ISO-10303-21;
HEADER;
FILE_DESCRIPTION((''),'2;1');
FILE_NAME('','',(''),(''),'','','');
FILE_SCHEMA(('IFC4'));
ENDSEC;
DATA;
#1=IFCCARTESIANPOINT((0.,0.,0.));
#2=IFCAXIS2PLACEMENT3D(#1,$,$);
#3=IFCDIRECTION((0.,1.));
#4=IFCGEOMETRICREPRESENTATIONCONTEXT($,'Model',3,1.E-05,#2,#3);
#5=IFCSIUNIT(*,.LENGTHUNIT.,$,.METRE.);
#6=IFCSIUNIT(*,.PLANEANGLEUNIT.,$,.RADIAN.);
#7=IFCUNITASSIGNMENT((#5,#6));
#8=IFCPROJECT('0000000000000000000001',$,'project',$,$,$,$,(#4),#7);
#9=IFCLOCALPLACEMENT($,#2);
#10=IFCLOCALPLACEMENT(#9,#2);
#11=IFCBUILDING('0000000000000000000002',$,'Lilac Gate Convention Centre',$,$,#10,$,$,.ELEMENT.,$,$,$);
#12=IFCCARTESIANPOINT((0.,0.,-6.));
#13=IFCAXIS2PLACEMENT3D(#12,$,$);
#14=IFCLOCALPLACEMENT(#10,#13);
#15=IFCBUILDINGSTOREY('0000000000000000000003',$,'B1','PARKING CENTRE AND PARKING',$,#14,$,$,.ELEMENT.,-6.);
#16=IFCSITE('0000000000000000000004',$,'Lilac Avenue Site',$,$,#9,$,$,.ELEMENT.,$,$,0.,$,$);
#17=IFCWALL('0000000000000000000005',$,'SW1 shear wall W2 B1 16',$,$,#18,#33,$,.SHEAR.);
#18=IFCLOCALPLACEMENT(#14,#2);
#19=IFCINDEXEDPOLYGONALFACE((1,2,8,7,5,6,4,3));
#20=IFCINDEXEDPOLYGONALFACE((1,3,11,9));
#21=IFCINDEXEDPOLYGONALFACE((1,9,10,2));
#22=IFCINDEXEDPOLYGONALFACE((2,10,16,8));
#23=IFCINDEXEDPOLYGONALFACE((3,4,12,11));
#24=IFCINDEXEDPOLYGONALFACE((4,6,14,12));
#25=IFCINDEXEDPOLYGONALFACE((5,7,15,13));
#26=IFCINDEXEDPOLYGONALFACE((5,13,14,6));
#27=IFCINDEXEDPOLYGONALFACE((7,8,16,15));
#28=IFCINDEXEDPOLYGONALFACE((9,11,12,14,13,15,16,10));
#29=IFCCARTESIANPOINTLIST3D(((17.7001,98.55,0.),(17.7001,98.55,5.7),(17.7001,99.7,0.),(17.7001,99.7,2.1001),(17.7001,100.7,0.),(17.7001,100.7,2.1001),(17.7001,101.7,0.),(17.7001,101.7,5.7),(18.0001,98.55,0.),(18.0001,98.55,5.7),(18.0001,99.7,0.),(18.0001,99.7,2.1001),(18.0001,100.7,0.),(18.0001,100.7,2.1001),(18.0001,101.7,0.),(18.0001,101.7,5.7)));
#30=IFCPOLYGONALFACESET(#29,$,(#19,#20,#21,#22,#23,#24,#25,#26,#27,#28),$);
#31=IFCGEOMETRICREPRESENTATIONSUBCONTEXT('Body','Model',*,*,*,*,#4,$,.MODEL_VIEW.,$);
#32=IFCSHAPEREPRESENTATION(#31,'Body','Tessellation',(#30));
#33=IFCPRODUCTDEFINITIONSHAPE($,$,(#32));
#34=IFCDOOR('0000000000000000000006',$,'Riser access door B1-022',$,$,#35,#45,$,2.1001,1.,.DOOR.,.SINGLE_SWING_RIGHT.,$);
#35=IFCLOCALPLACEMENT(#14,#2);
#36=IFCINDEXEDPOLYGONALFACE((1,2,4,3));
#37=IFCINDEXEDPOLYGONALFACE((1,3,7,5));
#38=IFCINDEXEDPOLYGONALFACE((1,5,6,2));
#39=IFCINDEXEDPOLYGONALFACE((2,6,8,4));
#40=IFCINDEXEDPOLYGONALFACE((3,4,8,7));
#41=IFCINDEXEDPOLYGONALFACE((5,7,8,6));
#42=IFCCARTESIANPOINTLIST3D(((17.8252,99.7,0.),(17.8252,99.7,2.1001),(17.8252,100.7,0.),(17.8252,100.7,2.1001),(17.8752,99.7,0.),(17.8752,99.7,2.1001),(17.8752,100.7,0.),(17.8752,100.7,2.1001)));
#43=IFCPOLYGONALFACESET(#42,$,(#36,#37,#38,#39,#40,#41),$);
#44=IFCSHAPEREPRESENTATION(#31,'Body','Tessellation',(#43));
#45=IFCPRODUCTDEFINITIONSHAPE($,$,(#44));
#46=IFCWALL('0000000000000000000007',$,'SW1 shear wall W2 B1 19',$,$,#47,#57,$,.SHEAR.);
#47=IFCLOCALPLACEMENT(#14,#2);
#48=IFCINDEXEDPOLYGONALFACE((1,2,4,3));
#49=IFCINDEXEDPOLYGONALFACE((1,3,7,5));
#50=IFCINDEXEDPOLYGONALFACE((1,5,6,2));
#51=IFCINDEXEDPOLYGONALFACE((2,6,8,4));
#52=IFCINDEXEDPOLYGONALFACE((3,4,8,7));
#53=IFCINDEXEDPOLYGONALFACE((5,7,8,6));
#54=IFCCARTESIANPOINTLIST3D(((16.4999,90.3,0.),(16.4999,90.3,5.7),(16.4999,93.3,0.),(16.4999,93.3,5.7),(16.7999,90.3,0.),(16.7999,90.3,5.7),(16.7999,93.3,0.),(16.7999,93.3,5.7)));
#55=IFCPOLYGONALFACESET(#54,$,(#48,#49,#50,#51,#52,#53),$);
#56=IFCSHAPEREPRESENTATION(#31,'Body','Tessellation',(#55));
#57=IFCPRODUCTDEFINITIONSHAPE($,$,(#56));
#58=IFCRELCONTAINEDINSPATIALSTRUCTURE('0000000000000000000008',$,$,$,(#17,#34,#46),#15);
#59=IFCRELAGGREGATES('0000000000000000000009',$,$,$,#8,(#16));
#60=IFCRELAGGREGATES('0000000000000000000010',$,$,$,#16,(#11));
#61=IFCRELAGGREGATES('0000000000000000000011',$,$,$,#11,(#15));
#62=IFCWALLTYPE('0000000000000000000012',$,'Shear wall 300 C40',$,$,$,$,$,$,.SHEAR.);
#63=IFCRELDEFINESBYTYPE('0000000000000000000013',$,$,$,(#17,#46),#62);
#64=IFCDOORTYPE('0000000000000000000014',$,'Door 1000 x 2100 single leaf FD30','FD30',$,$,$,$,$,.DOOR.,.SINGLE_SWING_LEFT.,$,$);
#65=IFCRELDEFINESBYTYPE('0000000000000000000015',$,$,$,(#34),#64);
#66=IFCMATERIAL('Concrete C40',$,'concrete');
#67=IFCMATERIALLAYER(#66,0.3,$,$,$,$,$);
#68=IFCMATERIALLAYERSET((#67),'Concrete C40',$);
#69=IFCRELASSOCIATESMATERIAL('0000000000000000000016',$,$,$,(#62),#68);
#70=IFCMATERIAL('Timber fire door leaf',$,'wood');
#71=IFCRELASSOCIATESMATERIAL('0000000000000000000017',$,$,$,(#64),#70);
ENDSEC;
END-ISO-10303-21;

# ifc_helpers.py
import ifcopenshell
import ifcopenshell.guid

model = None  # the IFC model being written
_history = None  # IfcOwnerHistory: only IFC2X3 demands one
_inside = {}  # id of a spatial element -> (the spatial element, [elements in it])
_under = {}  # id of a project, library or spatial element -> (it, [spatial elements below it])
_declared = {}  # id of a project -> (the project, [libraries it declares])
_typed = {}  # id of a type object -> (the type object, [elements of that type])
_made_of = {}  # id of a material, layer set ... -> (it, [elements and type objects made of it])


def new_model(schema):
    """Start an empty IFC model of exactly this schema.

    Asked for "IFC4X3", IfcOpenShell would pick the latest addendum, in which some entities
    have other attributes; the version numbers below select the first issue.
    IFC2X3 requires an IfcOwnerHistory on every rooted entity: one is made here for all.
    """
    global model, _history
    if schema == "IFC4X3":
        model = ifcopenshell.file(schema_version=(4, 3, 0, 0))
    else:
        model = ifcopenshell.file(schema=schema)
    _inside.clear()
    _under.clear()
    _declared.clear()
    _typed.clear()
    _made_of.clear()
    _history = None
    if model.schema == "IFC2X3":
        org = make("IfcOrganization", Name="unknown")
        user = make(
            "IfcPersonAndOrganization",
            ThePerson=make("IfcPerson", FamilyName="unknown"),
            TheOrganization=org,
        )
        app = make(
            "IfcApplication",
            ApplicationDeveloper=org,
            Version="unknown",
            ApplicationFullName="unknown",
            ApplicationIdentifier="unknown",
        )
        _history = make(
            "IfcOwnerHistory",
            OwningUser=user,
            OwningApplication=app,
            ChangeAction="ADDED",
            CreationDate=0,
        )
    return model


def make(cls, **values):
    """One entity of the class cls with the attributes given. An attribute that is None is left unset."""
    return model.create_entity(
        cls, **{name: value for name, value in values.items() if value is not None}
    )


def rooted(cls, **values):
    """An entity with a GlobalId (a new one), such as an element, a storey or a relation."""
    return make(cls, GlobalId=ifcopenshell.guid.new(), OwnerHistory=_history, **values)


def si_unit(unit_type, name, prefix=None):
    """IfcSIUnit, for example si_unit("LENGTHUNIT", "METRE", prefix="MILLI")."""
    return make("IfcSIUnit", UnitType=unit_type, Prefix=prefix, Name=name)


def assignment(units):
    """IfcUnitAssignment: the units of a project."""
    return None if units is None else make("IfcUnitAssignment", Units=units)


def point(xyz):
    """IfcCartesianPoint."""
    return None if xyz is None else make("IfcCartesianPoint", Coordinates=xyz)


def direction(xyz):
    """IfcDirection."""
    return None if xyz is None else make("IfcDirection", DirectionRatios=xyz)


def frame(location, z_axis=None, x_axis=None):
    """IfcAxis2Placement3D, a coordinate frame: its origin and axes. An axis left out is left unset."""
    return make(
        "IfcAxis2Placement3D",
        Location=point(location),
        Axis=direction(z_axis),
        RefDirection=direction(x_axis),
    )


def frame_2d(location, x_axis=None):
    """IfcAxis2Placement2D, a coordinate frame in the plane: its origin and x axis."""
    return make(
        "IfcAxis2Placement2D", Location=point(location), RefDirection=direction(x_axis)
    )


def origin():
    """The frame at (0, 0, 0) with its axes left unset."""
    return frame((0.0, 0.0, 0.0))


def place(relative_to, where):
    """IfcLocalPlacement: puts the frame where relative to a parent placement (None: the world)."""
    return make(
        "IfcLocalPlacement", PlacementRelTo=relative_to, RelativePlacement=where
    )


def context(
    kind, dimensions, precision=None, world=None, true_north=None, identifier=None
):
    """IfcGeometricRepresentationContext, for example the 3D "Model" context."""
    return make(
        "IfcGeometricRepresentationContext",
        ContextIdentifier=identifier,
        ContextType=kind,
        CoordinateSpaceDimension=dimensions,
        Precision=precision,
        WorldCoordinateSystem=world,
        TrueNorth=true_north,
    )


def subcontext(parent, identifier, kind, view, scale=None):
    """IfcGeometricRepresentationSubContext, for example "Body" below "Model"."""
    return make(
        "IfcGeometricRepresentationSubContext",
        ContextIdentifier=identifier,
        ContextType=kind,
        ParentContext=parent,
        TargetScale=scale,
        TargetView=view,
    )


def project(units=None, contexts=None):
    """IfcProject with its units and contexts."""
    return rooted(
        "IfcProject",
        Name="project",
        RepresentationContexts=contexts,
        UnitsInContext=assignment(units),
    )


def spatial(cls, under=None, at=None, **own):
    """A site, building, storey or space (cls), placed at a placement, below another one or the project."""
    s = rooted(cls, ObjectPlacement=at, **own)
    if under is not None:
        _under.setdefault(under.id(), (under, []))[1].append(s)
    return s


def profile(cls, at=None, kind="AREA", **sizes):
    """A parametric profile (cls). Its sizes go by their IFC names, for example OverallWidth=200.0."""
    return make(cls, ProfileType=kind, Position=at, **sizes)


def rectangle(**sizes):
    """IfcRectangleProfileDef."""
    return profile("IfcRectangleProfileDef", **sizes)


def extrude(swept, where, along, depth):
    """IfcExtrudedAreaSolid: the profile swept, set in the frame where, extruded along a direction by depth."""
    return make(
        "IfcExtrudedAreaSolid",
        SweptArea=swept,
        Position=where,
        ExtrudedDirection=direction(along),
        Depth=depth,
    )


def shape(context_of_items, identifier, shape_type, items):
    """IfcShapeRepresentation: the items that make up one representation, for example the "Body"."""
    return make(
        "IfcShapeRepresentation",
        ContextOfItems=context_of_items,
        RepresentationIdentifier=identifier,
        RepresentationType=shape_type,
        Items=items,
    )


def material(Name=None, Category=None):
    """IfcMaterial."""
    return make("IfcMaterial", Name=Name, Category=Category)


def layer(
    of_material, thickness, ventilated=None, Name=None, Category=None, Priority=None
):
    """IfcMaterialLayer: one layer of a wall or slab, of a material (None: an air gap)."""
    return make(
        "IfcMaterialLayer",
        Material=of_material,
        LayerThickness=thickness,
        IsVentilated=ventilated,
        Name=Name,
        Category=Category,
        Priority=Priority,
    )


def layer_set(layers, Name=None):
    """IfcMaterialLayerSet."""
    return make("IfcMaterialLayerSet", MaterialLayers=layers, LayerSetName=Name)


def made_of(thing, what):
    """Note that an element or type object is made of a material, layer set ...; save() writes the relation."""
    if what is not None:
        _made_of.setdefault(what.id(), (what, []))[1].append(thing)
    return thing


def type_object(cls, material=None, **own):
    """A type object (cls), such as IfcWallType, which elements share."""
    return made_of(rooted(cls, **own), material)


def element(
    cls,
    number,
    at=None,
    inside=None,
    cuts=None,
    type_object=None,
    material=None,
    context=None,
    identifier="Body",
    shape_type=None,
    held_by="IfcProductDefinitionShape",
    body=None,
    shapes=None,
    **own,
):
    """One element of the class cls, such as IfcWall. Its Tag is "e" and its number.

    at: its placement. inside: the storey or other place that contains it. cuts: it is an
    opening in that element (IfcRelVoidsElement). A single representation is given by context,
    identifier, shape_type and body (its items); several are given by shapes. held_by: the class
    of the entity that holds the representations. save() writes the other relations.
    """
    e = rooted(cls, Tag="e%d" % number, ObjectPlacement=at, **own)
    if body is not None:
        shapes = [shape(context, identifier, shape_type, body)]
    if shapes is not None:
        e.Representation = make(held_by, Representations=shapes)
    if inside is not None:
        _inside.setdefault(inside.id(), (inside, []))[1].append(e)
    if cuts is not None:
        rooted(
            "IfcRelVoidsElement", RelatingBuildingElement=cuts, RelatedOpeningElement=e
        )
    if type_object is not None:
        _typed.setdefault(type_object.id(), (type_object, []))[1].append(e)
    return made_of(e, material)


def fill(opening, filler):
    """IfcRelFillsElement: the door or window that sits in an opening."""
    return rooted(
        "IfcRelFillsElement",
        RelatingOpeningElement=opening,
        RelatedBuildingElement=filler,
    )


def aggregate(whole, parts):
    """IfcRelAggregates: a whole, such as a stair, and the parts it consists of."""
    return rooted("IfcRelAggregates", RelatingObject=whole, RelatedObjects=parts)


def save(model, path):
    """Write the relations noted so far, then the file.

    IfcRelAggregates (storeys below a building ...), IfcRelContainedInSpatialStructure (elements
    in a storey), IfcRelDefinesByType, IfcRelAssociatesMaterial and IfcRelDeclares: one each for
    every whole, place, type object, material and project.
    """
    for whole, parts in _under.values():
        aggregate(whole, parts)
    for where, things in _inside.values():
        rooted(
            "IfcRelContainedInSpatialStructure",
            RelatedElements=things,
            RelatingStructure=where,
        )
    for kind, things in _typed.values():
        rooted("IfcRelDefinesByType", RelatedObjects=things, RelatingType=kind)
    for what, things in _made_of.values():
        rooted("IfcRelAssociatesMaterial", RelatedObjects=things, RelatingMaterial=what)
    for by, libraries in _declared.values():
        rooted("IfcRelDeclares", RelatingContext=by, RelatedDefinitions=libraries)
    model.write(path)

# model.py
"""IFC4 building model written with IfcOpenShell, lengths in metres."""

from ifc_helpers import new_model, si_unit, direction, frame, frame_2d, origin, place, context, subcontext, project, spatial, rectangle, extrude, material, layer, layer_set, type_object, element, fill, save


model = new_model("IFC4")

# Units and contexts
model_context = context("Model", 3, precision=1e-05, world=origin(), true_north=direction((0.0, 1.0)))
body_context = subcontext(model_context, "Body", "Model", "MODEL_VIEW")
ifc_project = project(units=[si_unit("LENGTHUNIT", "METRE"), si_unit("PLANEANGLEUNIT", "RADIAN")], contexts=[model_context])

# Site, building, storey
site_placement = place(None, origin())
site = spatial("IfcSite", under=ifc_project, at=site_placement, Name="Lilac Avenue Site", CompositionType="ELEMENT", RefElevation=0.0)
building_placement = place(site_placement, origin())
building = spatial("IfcBuilding", under=site, at=building_placement, Name="Lilac Gate Convention Centre", CompositionType="ELEMENT")
storey_placement = place(building_placement, frame((0.0, 0.0, -6.0)))
storey = spatial("IfcBuildingStorey", under=building, at=storey_placement, Name="B1", Description="PARKING CENTRE AND PARKING", CompositionType="ELEMENT", Elevation=-6.0)

# Shared definitions
ifc_material_1 = material(Name="Concrete C40", Category="concrete")

# Shared definitions
ifc_material_2 = material(Name="Timber fire door leaf", Category="wood")

# Shared definitions
ifc_layer_1 = layer(ifc_material_1, 0.3)
ifc_layer_set_1 = layer_set([ifc_layer_1], Name="Concrete C40")
wall_type_1 = type_object("IfcWallType", Name="Shear wall 300 C40", PredefinedType="SHEAR", material=ifc_layer_set_1)

# Wall, opening, door
wall_1_placement = place(storey_placement, frame((17.8501, 98.55, 0.0), z_axis=(0.0, 0.0, 1.0), x_axis=(0.0, 1.0, 0.0)))
wall_1 = element("IfcWall", 1, at=wall_1_placement, inside=storey, type_object=wall_type_1, Name="SW1 shear wall W2 B1 16", PredefinedType="SHEAR", context=body_context, shape_type="SweptSolid", body=[
    extrude(rectangle(XDim=3.1499, YDim=0.3, at=frame_2d((1.575, 0.0))), origin(), (0.0, 0.0, 1.0), 5.7),
])
opening_1_placement = place(wall_1_placement, frame((1.1499, 0.0, 0.0)))
opening_1 = element("IfcOpeningElement", 2, at=opening_1_placement, cuts=wall_1, PredefinedType="OPENING", context=body_context, shape_type="SweptSolid", body=[
    extrude(rectangle(XDim=1.0, YDim=2.1001, at=frame_2d((0.5, 1.05))), frame((0.0, 0.1599, 0.0), z_axis=(0.0, -1.0, 0.0), x_axis=(1.0, 0.0, 0.0)), (0.0, 0.0, 1.0), 0.3201),
])
door_type_1 = type_object("IfcDoorType", Name="Door 1000 x 2100 single leaf FD30", Description="FD30", OperationType="SINGLE_SWING_LEFT", PredefinedType="DOOR", material=ifc_material_2)
door_1_placement = place(opening_1_placement, origin())
door_1 = element("IfcDoor", 3, at=door_1_placement, inside=storey, type_object=door_type_1, Name="Riser access door B1-022", OperationType="SINGLE_SWING_RIGHT", OverallHeight=2.1001, OverallWidth=1.0, PredefinedType="DOOR", context=body_context, shape_type="SweptSolid", body=[
    extrude(rectangle(XDim=1.0, YDim=2.1001, at=frame_2d((0.5, 1.05))), frame((0.0, 0.0249, 0.0), z_axis=(0.0, -1.0, 0.0), x_axis=(1.0, 0.0, 0.0)), (0.0, 0.0, 1.0), 0.05),
])
fill(opening_1, door_1)

# Wall
wall_2_placement = place(storey_placement, frame((16.6499, 90.3, 0.0), z_axis=(0.0, 0.0, 1.0), x_axis=(0.0, 1.0, 0.0)))
element("IfcWall", 4, at=wall_2_placement, inside=storey, type_object=wall_type_1, Name="SW1 shear wall W2 B1 19", PredefinedType="SHEAR", context=body_context, shape_type="SweptSolid", body=[
    extrude(rectangle(XDim=3.0, YDim=0.3, at=frame_2d((1.5, 0.0))), origin(), (0.0, 0.0, 1.0), 5.7),
])

save(model, "model.ifc")
